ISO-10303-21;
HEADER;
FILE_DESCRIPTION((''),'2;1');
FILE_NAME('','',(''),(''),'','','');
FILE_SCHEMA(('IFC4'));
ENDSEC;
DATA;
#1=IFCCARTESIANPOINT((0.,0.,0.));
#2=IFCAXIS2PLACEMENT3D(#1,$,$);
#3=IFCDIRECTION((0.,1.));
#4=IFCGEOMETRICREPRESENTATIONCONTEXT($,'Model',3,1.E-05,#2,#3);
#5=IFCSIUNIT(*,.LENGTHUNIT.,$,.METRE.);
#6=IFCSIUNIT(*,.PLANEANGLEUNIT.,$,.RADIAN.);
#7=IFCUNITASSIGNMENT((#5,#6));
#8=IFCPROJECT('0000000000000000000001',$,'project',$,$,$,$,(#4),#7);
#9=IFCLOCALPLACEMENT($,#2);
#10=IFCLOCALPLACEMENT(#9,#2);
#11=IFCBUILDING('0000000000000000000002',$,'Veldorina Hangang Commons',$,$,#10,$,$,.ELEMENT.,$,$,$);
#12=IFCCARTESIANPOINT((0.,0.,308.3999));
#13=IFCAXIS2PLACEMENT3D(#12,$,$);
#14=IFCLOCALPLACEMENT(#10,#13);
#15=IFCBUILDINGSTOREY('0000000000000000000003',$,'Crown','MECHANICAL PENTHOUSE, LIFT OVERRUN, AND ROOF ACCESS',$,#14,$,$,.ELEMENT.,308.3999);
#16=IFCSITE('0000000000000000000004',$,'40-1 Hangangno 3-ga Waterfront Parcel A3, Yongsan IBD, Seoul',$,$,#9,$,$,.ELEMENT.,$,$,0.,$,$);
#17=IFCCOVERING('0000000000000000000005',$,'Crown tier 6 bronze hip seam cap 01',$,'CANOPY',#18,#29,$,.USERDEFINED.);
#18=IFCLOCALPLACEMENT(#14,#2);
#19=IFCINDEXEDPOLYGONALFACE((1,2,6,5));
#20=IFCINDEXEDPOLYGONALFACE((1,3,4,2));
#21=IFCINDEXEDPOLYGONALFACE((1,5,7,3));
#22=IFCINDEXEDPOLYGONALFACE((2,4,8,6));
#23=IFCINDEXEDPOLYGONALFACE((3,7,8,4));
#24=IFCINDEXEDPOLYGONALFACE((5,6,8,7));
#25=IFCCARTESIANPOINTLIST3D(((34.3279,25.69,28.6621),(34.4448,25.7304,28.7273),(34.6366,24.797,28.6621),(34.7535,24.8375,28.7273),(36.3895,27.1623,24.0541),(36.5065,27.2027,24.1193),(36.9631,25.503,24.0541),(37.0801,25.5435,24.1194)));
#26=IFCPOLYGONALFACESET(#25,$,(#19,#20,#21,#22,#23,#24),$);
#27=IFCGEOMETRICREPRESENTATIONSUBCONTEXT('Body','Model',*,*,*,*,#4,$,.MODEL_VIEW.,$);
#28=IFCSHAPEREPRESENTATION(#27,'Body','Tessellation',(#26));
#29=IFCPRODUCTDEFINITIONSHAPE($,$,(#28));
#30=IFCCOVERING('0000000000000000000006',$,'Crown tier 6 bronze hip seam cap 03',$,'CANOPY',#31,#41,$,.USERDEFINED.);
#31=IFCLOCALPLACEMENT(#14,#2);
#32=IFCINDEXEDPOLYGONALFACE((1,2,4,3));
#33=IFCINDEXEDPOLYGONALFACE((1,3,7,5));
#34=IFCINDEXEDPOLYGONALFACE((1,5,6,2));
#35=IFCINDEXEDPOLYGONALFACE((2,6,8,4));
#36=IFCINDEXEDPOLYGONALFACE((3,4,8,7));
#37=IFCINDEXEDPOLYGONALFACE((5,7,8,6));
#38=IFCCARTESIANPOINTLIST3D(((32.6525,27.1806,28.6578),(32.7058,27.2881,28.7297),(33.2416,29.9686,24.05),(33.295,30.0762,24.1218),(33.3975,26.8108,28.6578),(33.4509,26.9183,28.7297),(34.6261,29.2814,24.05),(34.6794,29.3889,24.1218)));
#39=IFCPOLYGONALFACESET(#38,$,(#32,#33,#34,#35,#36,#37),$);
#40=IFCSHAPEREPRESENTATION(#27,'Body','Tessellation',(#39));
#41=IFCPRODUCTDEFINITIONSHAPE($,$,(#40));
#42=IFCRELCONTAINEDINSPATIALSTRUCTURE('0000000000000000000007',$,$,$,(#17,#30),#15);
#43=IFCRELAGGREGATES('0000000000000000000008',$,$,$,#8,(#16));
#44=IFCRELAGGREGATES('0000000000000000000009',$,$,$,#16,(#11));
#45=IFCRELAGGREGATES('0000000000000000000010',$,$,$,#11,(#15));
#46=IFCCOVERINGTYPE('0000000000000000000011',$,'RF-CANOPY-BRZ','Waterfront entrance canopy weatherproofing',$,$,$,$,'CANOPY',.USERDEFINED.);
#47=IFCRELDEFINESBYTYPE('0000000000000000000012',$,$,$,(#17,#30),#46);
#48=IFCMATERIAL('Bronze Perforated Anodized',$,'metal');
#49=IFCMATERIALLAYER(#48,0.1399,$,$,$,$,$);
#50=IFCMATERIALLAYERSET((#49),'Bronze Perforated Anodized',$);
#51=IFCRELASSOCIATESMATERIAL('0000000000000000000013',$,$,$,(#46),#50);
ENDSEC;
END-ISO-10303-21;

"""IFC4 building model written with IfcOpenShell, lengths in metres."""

from ifc_helpers import new_model, si_unit, direction, frame, origin, place, context, subcontext, project, spatial, polyline, outline, extrude, material, layer, layer_set, type_object, element, save


model = new_model("IFC4")

# Units and contexts
model_context = context("Model", 3, precision=1e-05, world=origin(), true_north=direction((0.0, 1.0)))
body_context = subcontext(model_context, "Body", "Model", "MODEL_VIEW")
ifc_project = project(units=[si_unit("LENGTHUNIT", "METRE"), si_unit("PLANEANGLEUNIT", "RADIAN")], contexts=[model_context])

# Site, building, storey
site_placement = place(None, origin())
site = spatial("IfcSite", under=ifc_project, at=site_placement, Name="40-1 Hangangno 3-ga Waterfront Parcel A3, Yongsan IBD, Seoul", CompositionType="ELEMENT", RefElevation=0.0)
building_placement = place(site_placement, origin())
building = spatial("IfcBuilding", under=site, at=building_placement, Name="Veldorina Hangang Commons", CompositionType="ELEMENT")
storey_placement = place(building_placement, frame((0.0, 0.0, 308.3999)))
storey = spatial("IfcBuildingStorey", under=building, at=storey_placement, Name="Crown", Description="MECHANICAL PENTHOUSE, LIFT OVERRUN, AND ROOF ACCESS", CompositionType="ELEMENT", Elevation=308.3999)

# Coverings
ifc_material_1 = material(Name="Bronze Perforated Anodized", Category="metal")
ifc_layer_1 = layer(ifc_material_1, 0.1399)
ifc_layer_set_1 = layer_set([ifc_layer_1], Name="Bronze Perforated Anodized")
covering_type = type_object("IfcCoveringType", Name="RF-CANOPY-BRZ", Description="Waterfront entrance canopy weatherproofing", ElementType="CANOPY", PredefinedType="USERDEFINED", material=ifc_layer_set_1)
covering_1_placement = place(storey_placement, frame((37.0801, 25.5435, 24.1194), z_axis=(0.836029, 0.289019, 0.466393), x_axis=(-0.326721, 0.945121, -0.000022)))
element("IfcCovering", 1, at=covering_1_placement, inside=storey, type_object=covering_type, Name="Crown tier 6 bronze hip seam cap 01", ObjectType="CANOPY", PredefinedType="USERDEFINED", context=body_context, shape_type="SweptSolid", body=[
    extrude(outline(polyline([(0.0, 0.0), (1.7556, 0.0), (1.0376, 5.2092), (0.0928, 5.2092), (0.0, 0.0)])), origin(), (0.0, 0.0, -1.0), 0.1399),
])
covering_2_placement = place(storey_placement, frame((34.6794, 29.3889, 24.1218), z_axis=(0.381462, 0.768474, 0.513746), x_axis=(-0.895718, 0.444623, 0.000001)))
element("IfcCovering", 2, at=covering_2_placement, inside=storey, type_object=covering_type, Name="Crown tier 6 bronze hip seam cap 03", ObjectType="CANOPY", PredefinedType="USERDEFINED", context=body_context, shape_type="SweptSolid", body=[
    extrude(outline(polyline([(0.0, 0.0), (1.5457, 0.0), (0.8337, 5.3708), (0.002, 5.3708), (0.0, 0.0)])), origin(), (0.0, 0.0, -1.0), 0.1399),
])

save(model, "model.ifc")
